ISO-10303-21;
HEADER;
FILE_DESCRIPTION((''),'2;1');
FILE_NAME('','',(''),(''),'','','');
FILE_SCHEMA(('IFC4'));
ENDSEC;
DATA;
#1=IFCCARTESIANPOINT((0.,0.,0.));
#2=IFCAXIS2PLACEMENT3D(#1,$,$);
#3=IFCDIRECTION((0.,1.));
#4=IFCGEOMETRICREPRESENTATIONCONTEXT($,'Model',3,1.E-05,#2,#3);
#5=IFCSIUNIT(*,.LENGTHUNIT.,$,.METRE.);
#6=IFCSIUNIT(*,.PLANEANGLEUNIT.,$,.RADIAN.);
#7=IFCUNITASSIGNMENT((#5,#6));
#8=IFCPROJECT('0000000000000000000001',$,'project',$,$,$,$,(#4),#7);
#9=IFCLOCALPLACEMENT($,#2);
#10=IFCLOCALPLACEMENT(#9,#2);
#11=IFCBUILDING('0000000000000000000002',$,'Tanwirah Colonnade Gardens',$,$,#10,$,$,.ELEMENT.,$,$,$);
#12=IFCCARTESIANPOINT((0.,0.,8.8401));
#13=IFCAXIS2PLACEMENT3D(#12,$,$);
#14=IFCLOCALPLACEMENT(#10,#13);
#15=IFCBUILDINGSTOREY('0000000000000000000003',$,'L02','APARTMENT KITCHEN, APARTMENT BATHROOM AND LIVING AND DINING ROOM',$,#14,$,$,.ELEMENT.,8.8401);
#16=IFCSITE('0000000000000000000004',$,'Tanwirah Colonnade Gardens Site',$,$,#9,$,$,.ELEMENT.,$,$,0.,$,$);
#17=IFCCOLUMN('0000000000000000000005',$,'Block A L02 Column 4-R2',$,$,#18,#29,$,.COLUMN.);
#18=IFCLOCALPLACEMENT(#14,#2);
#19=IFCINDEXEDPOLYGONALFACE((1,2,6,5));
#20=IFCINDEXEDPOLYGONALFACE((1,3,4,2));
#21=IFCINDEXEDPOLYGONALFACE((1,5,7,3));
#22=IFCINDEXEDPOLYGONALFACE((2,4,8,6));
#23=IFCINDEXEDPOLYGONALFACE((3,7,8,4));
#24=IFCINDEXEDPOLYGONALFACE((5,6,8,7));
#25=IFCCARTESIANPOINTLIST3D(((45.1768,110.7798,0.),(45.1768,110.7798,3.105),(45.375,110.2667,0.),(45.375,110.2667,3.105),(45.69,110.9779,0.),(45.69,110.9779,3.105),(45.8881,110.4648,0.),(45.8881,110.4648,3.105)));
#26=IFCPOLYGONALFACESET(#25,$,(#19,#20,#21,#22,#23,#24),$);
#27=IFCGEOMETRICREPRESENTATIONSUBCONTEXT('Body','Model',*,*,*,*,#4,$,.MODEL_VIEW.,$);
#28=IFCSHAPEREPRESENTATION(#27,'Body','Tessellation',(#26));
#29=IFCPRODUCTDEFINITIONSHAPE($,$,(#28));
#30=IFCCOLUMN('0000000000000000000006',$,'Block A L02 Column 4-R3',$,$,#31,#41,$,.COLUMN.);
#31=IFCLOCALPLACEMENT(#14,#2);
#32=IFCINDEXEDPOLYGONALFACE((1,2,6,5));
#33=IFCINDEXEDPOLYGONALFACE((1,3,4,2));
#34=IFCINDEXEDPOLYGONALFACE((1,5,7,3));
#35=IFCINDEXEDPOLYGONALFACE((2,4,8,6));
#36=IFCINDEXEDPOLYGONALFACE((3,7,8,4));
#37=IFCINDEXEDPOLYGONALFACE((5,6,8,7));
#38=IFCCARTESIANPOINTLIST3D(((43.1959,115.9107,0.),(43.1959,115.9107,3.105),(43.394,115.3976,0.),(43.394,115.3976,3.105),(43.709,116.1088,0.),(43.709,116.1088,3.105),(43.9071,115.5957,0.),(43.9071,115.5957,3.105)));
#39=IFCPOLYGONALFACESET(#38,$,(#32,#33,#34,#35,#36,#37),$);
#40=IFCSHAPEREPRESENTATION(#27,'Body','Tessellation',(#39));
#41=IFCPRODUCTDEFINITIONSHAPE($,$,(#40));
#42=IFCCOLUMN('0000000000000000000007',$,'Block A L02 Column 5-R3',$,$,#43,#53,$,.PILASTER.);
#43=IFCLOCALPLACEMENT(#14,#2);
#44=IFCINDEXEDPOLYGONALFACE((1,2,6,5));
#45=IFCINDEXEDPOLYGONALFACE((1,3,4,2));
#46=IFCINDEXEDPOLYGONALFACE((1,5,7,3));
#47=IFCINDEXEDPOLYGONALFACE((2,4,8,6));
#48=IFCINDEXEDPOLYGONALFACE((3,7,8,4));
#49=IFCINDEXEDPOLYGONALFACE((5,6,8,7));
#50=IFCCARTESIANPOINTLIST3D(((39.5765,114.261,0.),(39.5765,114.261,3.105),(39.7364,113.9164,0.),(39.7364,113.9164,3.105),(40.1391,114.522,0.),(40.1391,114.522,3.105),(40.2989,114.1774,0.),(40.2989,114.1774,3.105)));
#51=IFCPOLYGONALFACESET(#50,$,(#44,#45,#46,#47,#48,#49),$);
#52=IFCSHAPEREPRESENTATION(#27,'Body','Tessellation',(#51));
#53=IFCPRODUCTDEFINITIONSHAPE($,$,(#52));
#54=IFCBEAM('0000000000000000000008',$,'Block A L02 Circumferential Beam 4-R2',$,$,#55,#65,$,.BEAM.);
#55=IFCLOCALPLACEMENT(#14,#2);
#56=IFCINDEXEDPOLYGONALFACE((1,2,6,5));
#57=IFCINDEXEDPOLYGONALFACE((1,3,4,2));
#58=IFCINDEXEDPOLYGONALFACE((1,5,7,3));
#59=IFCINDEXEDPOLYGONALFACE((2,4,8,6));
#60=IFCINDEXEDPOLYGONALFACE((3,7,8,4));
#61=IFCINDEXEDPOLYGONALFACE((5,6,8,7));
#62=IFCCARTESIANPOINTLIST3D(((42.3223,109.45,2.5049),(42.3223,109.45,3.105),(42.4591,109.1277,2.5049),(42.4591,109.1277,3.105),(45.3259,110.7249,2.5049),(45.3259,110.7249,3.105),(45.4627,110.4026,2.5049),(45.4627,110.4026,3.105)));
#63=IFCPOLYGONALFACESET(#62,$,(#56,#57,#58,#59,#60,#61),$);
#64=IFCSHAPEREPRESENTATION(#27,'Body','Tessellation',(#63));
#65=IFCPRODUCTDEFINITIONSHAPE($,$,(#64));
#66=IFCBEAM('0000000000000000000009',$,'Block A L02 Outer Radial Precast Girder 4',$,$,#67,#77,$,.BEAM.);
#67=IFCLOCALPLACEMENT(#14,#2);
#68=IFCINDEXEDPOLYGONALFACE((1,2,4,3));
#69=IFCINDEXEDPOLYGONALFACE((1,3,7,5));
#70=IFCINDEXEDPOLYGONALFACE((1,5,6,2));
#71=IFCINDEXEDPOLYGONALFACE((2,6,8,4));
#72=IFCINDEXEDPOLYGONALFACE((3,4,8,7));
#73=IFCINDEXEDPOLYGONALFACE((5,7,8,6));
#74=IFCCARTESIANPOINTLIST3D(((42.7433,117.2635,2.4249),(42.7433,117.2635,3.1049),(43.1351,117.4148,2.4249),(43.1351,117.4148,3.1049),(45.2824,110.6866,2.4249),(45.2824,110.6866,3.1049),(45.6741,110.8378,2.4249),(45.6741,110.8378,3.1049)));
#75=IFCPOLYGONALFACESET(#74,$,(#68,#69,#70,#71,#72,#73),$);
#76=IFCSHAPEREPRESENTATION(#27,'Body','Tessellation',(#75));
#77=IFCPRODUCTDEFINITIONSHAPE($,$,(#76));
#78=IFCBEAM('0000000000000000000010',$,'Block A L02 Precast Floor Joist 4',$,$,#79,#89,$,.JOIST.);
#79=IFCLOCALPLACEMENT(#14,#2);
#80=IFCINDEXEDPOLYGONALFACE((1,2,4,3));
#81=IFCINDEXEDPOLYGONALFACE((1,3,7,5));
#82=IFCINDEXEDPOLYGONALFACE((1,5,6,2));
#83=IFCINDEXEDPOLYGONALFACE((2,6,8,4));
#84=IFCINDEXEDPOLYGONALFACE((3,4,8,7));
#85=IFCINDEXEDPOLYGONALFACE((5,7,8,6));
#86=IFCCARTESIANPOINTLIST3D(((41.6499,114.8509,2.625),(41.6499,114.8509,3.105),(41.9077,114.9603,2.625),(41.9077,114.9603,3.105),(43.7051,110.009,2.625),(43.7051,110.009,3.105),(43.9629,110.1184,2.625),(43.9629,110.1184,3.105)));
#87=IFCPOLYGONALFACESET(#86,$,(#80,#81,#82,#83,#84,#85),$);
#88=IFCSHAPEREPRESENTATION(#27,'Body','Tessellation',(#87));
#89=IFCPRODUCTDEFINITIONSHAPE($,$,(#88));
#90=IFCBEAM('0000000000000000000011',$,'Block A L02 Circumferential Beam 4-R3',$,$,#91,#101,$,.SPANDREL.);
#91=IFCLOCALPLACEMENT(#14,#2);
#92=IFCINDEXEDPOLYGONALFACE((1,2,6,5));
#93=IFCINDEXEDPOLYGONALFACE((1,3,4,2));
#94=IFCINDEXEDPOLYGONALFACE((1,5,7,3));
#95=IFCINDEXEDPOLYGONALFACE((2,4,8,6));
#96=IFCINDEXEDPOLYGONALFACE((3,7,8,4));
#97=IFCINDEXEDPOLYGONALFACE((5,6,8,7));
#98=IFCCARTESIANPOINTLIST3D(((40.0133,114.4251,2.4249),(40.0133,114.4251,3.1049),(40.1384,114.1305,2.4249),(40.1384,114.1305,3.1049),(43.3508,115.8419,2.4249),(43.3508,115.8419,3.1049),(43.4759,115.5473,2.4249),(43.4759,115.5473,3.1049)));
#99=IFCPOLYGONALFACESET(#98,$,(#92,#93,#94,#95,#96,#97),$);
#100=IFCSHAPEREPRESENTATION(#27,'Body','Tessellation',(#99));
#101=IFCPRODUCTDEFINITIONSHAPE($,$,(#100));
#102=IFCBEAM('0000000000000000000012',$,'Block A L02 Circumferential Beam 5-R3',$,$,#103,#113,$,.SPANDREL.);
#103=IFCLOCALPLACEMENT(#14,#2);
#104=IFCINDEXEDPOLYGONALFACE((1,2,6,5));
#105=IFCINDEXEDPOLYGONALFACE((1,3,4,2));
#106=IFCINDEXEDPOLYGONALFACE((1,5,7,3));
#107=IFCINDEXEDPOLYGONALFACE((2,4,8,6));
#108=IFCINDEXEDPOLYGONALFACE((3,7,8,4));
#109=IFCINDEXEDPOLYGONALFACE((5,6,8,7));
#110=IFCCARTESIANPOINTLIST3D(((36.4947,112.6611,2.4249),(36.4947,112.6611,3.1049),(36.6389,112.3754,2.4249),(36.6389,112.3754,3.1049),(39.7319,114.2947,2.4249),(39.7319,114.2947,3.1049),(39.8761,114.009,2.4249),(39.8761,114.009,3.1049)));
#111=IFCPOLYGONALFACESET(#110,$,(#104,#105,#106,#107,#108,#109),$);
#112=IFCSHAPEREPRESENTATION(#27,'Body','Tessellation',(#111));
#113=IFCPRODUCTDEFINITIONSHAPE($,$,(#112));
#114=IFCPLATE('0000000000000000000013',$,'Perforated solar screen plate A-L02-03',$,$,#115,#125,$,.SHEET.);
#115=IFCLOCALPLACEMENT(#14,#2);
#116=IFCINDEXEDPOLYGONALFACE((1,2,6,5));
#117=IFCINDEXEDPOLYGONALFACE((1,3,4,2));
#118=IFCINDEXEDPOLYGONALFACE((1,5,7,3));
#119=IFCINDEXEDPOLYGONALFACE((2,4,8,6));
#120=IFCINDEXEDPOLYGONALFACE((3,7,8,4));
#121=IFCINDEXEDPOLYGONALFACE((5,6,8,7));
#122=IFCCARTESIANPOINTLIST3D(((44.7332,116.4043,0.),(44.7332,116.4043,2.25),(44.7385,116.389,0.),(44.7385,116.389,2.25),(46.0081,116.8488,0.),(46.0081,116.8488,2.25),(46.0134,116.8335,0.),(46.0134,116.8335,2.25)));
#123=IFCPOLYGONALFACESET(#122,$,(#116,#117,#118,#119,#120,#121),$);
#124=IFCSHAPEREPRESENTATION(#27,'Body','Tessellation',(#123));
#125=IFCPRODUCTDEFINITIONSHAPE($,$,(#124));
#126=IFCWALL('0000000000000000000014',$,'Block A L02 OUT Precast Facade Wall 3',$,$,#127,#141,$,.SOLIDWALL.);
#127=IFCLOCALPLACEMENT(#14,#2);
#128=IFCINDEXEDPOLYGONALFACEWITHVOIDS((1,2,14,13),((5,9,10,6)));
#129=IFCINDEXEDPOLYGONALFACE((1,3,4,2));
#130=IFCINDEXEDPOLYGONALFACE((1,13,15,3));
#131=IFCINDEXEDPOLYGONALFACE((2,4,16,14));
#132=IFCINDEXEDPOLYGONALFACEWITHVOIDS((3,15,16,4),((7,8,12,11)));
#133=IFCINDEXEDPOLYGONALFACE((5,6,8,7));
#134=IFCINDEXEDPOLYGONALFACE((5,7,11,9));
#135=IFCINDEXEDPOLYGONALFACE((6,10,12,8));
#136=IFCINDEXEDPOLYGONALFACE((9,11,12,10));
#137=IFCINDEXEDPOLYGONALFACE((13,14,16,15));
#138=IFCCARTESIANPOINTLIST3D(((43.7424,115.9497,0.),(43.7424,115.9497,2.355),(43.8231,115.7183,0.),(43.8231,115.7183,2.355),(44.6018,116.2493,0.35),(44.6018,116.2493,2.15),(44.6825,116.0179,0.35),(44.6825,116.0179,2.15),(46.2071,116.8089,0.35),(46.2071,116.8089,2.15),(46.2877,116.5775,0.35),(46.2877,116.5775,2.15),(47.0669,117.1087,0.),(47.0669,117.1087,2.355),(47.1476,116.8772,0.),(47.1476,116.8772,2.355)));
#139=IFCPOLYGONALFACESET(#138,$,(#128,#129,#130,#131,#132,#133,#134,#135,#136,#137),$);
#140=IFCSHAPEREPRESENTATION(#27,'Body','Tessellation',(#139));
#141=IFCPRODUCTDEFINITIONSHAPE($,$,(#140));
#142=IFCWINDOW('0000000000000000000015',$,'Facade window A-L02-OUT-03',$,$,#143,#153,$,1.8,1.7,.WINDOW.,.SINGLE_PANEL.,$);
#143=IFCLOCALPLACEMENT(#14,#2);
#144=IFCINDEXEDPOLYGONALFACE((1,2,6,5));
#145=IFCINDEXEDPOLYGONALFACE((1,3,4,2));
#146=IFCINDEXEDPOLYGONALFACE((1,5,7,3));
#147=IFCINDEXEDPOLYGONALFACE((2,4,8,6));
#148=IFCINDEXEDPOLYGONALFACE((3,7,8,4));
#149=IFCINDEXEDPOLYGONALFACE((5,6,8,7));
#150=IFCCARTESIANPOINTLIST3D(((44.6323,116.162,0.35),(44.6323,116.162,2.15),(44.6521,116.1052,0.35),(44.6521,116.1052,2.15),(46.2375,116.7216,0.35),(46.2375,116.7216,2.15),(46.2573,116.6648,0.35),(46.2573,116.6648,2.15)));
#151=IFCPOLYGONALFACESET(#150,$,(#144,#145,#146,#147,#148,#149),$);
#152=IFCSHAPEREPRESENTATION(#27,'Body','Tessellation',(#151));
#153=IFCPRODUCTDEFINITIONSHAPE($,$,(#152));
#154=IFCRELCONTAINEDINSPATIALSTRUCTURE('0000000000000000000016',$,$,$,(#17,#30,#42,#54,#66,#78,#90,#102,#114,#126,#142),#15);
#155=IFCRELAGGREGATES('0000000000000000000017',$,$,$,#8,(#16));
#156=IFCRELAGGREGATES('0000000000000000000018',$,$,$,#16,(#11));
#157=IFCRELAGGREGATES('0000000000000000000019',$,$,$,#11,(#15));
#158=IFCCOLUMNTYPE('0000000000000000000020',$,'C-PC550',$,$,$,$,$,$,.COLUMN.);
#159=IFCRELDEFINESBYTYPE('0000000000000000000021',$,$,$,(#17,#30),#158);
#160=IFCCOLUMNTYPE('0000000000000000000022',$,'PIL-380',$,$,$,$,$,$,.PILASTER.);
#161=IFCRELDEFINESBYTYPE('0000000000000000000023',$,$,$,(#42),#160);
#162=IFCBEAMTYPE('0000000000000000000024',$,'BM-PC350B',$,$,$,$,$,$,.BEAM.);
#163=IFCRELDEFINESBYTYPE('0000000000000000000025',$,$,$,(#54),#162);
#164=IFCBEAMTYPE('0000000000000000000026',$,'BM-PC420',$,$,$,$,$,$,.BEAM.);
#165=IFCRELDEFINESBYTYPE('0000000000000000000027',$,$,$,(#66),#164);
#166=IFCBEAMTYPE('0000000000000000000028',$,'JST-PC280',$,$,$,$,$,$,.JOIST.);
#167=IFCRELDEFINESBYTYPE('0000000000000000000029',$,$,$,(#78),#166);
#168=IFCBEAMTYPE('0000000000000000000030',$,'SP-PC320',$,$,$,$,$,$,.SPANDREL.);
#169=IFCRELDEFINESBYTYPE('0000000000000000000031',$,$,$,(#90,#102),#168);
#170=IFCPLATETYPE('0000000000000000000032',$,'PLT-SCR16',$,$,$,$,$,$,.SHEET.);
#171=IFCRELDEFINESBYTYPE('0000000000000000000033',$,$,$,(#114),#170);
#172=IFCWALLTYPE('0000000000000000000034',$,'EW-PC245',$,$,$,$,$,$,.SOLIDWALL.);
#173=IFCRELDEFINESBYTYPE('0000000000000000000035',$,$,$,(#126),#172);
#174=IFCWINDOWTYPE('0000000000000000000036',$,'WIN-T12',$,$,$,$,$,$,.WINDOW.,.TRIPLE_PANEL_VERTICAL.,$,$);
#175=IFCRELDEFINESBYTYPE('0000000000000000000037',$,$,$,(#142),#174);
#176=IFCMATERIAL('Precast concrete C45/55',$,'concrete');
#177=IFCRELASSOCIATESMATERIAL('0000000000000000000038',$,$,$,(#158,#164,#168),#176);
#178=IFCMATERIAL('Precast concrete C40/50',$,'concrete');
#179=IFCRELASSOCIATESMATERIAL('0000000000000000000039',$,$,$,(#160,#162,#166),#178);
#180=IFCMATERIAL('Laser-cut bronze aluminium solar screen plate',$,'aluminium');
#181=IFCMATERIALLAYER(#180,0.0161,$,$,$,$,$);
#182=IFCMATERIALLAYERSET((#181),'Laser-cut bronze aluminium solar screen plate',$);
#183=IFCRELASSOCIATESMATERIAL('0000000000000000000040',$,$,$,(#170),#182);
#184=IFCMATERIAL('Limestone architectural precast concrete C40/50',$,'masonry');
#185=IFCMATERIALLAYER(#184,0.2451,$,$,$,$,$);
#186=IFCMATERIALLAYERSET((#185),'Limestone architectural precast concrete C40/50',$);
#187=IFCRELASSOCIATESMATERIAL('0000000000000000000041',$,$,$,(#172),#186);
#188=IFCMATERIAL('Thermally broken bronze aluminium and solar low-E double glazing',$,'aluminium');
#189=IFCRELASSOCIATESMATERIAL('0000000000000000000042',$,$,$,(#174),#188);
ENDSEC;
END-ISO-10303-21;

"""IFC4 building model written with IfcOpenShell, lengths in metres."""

from ifc_helpers import new_model, si_unit, direction, frame, frame_2d, origin, origin_2d, place, context, subcontext, project, spatial, rectangle, extrude, material, layer, layer_set, material_profile, profile_set, type_object, element, fill, save


model = new_model("IFC4")

# Units and contexts
model_context = context("Model", 3, precision=1e-05, world=origin(), true_north=direction((0.0, 1.0)))
body_context = subcontext(model_context, "Body", "Model", "MODEL_VIEW")
ifc_project = project(units=[si_unit("LENGTHUNIT", "METRE"), si_unit("PLANEANGLEUNIT", "RADIAN")], contexts=[model_context])

# Site, building, storey
site_placement = place(None, origin())
site = spatial("IfcSite", under=ifc_project, at=site_placement, Name="Tanwirah Colonnade Gardens Site", CompositionType="ELEMENT", RefElevation=0.0)
building_placement = place(site_placement, origin())
building = spatial("IfcBuilding", under=site, at=building_placement, Name="Tanwirah Colonnade Gardens", CompositionType="ELEMENT")
storey_placement = place(building_placement, frame((0.0, 0.0, 8.8401)))
storey = spatial("IfcBuildingStorey", under=building, at=storey_placement, Name="L02", Description="APARTMENT KITCHEN, APARTMENT BATHROOM AND LIVING AND DINING ROOM", CompositionType="ELEMENT", Elevation=8.8401)

# Columns
ifc_material_1 = material(Name="Precast concrete C45/55", Category="concrete")
ifc_material_profile_1 = material_profile(ifc_material_1, rectangle(XDim=0.55, YDim=0.55, at=origin_2d()), Name="PC-COL 550x550")
ifc_profile_set_1 = profile_set([ifc_material_profile_1], Name="Precast concrete C45/55")
column_type_1 = type_object("IfcColumnType", Name="C-PC550", PredefinedType="COLUMN", material=ifc_profile_set_1)
for number, where, z_axis, x_axis, name in (
    (1, (45.5325, 110.6223, 0.0), (0.0, 0.0, 1.0), (-0.360178, 0.932884, 0.0), "Block A L02 Column 4-R2"),
    (2, (43.5515, 115.7532, 0.0), (0.0, 0.0, 1.0), (-0.360178, 0.932884, 0.0), "Block A L02 Column 4-R3"),
):
    element("IfcColumn", number, at=place(storey_placement, frame(where, z_axis=z_axis, x_axis=x_axis)), inside=storey, type_object=column_type_1, Name=name, PredefinedType="COLUMN", context=body_context, shape_type="SweptSolid", body=[
        extrude(rectangle(XDim=0.55, YDim=0.55, at=origin_2d()), origin(), (0.0, 0.0, 1.0), 3.105),
    ])
ifc_material_2 = material(Name="Precast concrete C40/50", Category="concrete")
ifc_material_profile_2 = material_profile(ifc_material_2, rectangle(XDim=0.3799, YDim=0.6201, at=origin_2d()), Name="PC-PIL 380x620")
ifc_profile_set_2 = profile_set([ifc_material_profile_2], Name="Precast concrete C40/50")
column_type_2 = type_object("IfcColumnType", Name="PIL-380", PredefinedType="PILASTER", material=ifc_profile_set_2)
column_placement = place(storey_placement, frame((39.9377, 114.2192, 0.0), z_axis=(0.0, 0.0, 1.0), x_axis=(-0.42086, 0.907126, 0.0)))
element("IfcColumn", 3, at=column_placement, inside=storey, type_object=column_type_2, Name="Block A L02 Column 5-R3", PredefinedType="PILASTER", context=body_context, shape_type="SweptSolid", body=[
    extrude(rectangle(XDim=0.3799, YDim=0.6201, at=origin_2d()), origin(), (0.0, 0.0, 1.0), 3.105),
])

# Beams
ifc_material_profile_3 = material_profile(ifc_material_2, rectangle(XDim=0.3501, YDim=0.6001, at=origin_2d()), Name="PC-BM 350x600")
ifc_profile_set_3 = profile_set([ifc_material_profile_3], Name="Precast concrete C40/50")
beam_type_1 = type_object("IfcBeamType", Name="BM-PC350B", PredefinedType="BEAM", material=ifc_profile_set_3)
beam_1_placement = place(storey_placement, frame((45.3943, 110.5637, 2.8049), z_axis=(-0.920513, -0.390711, 0.0), x_axis=(0.390711, -0.920513, 0.0)))
element("IfcBeam", 4, at=beam_1_placement, inside=storey, type_object=beam_type_1, Name="Block A L02 Circumferential Beam 4-R2", PredefinedType="BEAM", context=body_context, shape_type="SweptSolid", body=[
    extrude(rectangle(XDim=0.3501, YDim=0.6001, at=origin_2d()), origin(), (0.0, 0.0, 1.0), 3.2629),
])
ifc_material_profile_4 = material_profile(ifc_material_1, rectangle(XDim=0.4199, YDim=0.6799, at=origin_2d()), Name="PC-BM 420x680")
ifc_profile_set_4 = profile_set([ifc_material_profile_4], Name="Precast concrete C45/55")
beam_type_2 = type_object("IfcBeamType", Name="BM-PC420", PredefinedType="BEAM", material=ifc_profile_set_4)
beam_2_placement = place(storey_placement, frame((45.4783, 110.7622, 2.7649), z_axis=(-0.360151, 0.932894, 0.0), x_axis=(-0.932894, -0.360151, 0.0)))
element("IfcBeam", 5, at=beam_2_placement, inside=storey, type_object=beam_type_2, Name="Block A L02 Outer Radial Precast Girder 4", PredefinedType="BEAM", context=body_context, shape_type="SweptSolid", body=[
    extrude(rectangle(XDim=0.4199, YDim=0.6799, at=origin_2d()), origin(), (0.0, 0.0, 1.0), 7.05),
])
ifc_material_profile_5 = material_profile(ifc_material_2, rectangle(XDim=0.28, YDim=0.48, at=origin_2d()), Name="PC-JST 280x480")
ifc_profile_set_5 = profile_set([ifc_material_profile_5], Name="Precast concrete C40/50")
beam_type_3 = type_object("IfcBeamType", Name="JST-PC280", PredefinedType="JOIST", material=ifc_profile_set_5)
beam_3_placement = place(storey_placement, frame((43.834, 110.0637, 2.865), z_axis=(-0.390724, 0.920508, 0.0), x_axis=(-0.920508, -0.390724, 0.0)))
element("IfcBeam", 6, at=beam_3_placement, inside=storey, type_object=beam_type_3, Name="Block A L02 Precast Floor Joist 4", PredefinedType="JOIST", context=body_context, shape_type="SweptSolid", body=[
    extrude(rectangle(XDim=0.28, YDim=0.48, at=origin_2d()), origin(), (0.0, 0.0, 1.0), 5.26),
])
ifc_material_profile_6 = material_profile(ifc_material_1, rectangle(XDim=0.3201, YDim=0.6799, at=origin_2d()), Name="PC-SP 320x680")
ifc_profile_set_6 = profile_set([ifc_material_profile_6], Name="Precast concrete C45/55")
beam_type_4 = type_object("IfcBeamType", Name="SP-PC320", PredefinedType="SPANDREL", material=ifc_profile_set_6)
beam_4_placement = place(storey_placement, frame((43.4133, 115.6946, 2.7649), z_axis=(-0.920494, -0.390756, 0.0), x_axis=(0.390756, -0.920494, 0.0)))
element("IfcBeam", 7, at=beam_4_placement, inside=storey, type_object=beam_type_4, Name="Block A L02 Circumferential Beam 4-R3", PredefinedType="SPANDREL", context=body_context, shape_type="SweptSolid", body=[
    extrude(rectangle(XDim=0.3201, YDim=0.6799, at=origin_2d()), origin(), (0.0, 0.0, 1.0), 3.6257),
])
beam_5_placement = place(storey_placement, frame((39.804, 114.1519, 2.7649), z_axis=(-0.892765, -0.450523, 0.0), x_axis=(0.450523, -0.892765, 0.0)))
element("IfcBeam", 8, at=beam_5_placement, inside=storey, type_object=beam_type_4, Name="Block A L02 Circumferential Beam 5-R3", PredefinedType="SPANDREL", context=body_context, shape_type="SweptSolid", body=[
    extrude(rectangle(XDim=0.3201, YDim=0.6799, at=origin_2d()), origin(), (0.0, 0.0, 1.0), 3.626),
])

# Plate
ifc_material_3 = material(Name="Laser-cut bronze aluminium solar screen plate", Category="aluminium")
ifc_layer_1 = layer(ifc_material_3, 0.0161)
ifc_layer_set_1 = layer_set([ifc_layer_1], Name="Laser-cut bronze aluminium solar screen plate")
plate_type = type_object("IfcPlateType", Name="PLT-SCR16", PredefinedType="SHEET", material=ifc_layer_set_1)
plate_placement = place(storey_placement, frame((45.3733, 116.6189, 0.0), z_axis=(0.0, 0.0, 1.0), x_axis=(-0.944249, -0.329233, 0.0)))
element("IfcPlate", 9, at=plate_placement, inside=storey, type_object=plate_type, Name="Perforated solar screen plate A-L02-03", PredefinedType="SHEET", context=body_context, shape_type="SweptSolid", body=[
    extrude(rectangle(XDim=1.3501, YDim=0.0161, at=origin_2d()), origin(), (0.0, 0.0, 1.0), 2.25),
])

# Wall, opening, window
ifc_material_4 = material(Name="Limestone architectural precast concrete C40/50", Category="masonry")
ifc_layer_2 = layer(ifc_material_4, 0.2451)
ifc_layer_set_2 = layer_set([ifc_layer_2], Name="Limestone architectural precast concrete C40/50")
wall_type_1 = type_object("IfcWallType", Name="EW-PC245", PredefinedType="SOLIDWALL", material=ifc_layer_set_2)
wall_1_placement = place(storey_placement, frame((47.1072, 116.9929, 0.0), z_axis=(0.0, 0.0, 1.0), x_axis=(-0.944267, -0.329179, 0.0)))
wall_1 = element("IfcWall", 10, at=wall_1_placement, inside=storey, type_object=wall_type_1, Name="Block A L02 OUT Precast Facade Wall 3", PredefinedType="SOLIDWALL", context=body_context, shape_type="SweptSolid", body=[
    extrude(rectangle(XDim=3.5208, YDim=0.2451, at=frame_2d((1.7603, 0.0))), origin(), (0.0, 0.0, 1.0), 2.355),
])
opening_1_placement = place(wall_1_placement, frame((0.9104, 0.0, 0.3501)))
opening_1 = element("IfcOpeningElement", 11, at=opening_1_placement, cuts=wall_1, PredefinedType="OPENING", context=body_context, shape_type="SweptSolid", body=[
    extrude(rectangle(XDim=1.7, YDim=1.8, at=frame_2d((0.8501, 0.8999))), frame((0.0, 0.1326, 0.0), z_axis=(0.0, -1.0, 0.0), x_axis=(1.0, 0.0, 0.0)), (0.0, 0.0, 1.0), 0.2651),
])
ifc_material_5 = material(Name="Thermally broken bronze aluminium and solar low-E double glazing", Category="aluminium")
window_type_1 = type_object("IfcWindowType", Name="WIN-T12", PartitioningType="TRIPLE_PANEL_VERTICAL", PredefinedType="WINDOW", material=ifc_material_5)
window_1_placement = place(opening_1_placement, origin())
window_1 = element("IfcWindow", 12, at=window_1_placement, inside=storey, type_object=window_type_1, Name="Facade window A-L02-OUT-03", OverallHeight=1.8, OverallWidth=1.7, PartitioningType="SINGLE_PANEL", PredefinedType="WINDOW", context=body_context, shape_type="SweptSolid", body=[
    extrude(rectangle(XDim=1.7, YDim=1.8, at=frame_2d((0.8501, 0.8999))), frame((0.0, 0.03, 0.0), z_axis=(0.0, -1.0, 0.0), x_axis=(1.0, 0.0, 0.0)), (0.0, 0.0, 1.0), 0.0601),
])
fill(opening_1, window_1)

save(model, "model.ifc")
